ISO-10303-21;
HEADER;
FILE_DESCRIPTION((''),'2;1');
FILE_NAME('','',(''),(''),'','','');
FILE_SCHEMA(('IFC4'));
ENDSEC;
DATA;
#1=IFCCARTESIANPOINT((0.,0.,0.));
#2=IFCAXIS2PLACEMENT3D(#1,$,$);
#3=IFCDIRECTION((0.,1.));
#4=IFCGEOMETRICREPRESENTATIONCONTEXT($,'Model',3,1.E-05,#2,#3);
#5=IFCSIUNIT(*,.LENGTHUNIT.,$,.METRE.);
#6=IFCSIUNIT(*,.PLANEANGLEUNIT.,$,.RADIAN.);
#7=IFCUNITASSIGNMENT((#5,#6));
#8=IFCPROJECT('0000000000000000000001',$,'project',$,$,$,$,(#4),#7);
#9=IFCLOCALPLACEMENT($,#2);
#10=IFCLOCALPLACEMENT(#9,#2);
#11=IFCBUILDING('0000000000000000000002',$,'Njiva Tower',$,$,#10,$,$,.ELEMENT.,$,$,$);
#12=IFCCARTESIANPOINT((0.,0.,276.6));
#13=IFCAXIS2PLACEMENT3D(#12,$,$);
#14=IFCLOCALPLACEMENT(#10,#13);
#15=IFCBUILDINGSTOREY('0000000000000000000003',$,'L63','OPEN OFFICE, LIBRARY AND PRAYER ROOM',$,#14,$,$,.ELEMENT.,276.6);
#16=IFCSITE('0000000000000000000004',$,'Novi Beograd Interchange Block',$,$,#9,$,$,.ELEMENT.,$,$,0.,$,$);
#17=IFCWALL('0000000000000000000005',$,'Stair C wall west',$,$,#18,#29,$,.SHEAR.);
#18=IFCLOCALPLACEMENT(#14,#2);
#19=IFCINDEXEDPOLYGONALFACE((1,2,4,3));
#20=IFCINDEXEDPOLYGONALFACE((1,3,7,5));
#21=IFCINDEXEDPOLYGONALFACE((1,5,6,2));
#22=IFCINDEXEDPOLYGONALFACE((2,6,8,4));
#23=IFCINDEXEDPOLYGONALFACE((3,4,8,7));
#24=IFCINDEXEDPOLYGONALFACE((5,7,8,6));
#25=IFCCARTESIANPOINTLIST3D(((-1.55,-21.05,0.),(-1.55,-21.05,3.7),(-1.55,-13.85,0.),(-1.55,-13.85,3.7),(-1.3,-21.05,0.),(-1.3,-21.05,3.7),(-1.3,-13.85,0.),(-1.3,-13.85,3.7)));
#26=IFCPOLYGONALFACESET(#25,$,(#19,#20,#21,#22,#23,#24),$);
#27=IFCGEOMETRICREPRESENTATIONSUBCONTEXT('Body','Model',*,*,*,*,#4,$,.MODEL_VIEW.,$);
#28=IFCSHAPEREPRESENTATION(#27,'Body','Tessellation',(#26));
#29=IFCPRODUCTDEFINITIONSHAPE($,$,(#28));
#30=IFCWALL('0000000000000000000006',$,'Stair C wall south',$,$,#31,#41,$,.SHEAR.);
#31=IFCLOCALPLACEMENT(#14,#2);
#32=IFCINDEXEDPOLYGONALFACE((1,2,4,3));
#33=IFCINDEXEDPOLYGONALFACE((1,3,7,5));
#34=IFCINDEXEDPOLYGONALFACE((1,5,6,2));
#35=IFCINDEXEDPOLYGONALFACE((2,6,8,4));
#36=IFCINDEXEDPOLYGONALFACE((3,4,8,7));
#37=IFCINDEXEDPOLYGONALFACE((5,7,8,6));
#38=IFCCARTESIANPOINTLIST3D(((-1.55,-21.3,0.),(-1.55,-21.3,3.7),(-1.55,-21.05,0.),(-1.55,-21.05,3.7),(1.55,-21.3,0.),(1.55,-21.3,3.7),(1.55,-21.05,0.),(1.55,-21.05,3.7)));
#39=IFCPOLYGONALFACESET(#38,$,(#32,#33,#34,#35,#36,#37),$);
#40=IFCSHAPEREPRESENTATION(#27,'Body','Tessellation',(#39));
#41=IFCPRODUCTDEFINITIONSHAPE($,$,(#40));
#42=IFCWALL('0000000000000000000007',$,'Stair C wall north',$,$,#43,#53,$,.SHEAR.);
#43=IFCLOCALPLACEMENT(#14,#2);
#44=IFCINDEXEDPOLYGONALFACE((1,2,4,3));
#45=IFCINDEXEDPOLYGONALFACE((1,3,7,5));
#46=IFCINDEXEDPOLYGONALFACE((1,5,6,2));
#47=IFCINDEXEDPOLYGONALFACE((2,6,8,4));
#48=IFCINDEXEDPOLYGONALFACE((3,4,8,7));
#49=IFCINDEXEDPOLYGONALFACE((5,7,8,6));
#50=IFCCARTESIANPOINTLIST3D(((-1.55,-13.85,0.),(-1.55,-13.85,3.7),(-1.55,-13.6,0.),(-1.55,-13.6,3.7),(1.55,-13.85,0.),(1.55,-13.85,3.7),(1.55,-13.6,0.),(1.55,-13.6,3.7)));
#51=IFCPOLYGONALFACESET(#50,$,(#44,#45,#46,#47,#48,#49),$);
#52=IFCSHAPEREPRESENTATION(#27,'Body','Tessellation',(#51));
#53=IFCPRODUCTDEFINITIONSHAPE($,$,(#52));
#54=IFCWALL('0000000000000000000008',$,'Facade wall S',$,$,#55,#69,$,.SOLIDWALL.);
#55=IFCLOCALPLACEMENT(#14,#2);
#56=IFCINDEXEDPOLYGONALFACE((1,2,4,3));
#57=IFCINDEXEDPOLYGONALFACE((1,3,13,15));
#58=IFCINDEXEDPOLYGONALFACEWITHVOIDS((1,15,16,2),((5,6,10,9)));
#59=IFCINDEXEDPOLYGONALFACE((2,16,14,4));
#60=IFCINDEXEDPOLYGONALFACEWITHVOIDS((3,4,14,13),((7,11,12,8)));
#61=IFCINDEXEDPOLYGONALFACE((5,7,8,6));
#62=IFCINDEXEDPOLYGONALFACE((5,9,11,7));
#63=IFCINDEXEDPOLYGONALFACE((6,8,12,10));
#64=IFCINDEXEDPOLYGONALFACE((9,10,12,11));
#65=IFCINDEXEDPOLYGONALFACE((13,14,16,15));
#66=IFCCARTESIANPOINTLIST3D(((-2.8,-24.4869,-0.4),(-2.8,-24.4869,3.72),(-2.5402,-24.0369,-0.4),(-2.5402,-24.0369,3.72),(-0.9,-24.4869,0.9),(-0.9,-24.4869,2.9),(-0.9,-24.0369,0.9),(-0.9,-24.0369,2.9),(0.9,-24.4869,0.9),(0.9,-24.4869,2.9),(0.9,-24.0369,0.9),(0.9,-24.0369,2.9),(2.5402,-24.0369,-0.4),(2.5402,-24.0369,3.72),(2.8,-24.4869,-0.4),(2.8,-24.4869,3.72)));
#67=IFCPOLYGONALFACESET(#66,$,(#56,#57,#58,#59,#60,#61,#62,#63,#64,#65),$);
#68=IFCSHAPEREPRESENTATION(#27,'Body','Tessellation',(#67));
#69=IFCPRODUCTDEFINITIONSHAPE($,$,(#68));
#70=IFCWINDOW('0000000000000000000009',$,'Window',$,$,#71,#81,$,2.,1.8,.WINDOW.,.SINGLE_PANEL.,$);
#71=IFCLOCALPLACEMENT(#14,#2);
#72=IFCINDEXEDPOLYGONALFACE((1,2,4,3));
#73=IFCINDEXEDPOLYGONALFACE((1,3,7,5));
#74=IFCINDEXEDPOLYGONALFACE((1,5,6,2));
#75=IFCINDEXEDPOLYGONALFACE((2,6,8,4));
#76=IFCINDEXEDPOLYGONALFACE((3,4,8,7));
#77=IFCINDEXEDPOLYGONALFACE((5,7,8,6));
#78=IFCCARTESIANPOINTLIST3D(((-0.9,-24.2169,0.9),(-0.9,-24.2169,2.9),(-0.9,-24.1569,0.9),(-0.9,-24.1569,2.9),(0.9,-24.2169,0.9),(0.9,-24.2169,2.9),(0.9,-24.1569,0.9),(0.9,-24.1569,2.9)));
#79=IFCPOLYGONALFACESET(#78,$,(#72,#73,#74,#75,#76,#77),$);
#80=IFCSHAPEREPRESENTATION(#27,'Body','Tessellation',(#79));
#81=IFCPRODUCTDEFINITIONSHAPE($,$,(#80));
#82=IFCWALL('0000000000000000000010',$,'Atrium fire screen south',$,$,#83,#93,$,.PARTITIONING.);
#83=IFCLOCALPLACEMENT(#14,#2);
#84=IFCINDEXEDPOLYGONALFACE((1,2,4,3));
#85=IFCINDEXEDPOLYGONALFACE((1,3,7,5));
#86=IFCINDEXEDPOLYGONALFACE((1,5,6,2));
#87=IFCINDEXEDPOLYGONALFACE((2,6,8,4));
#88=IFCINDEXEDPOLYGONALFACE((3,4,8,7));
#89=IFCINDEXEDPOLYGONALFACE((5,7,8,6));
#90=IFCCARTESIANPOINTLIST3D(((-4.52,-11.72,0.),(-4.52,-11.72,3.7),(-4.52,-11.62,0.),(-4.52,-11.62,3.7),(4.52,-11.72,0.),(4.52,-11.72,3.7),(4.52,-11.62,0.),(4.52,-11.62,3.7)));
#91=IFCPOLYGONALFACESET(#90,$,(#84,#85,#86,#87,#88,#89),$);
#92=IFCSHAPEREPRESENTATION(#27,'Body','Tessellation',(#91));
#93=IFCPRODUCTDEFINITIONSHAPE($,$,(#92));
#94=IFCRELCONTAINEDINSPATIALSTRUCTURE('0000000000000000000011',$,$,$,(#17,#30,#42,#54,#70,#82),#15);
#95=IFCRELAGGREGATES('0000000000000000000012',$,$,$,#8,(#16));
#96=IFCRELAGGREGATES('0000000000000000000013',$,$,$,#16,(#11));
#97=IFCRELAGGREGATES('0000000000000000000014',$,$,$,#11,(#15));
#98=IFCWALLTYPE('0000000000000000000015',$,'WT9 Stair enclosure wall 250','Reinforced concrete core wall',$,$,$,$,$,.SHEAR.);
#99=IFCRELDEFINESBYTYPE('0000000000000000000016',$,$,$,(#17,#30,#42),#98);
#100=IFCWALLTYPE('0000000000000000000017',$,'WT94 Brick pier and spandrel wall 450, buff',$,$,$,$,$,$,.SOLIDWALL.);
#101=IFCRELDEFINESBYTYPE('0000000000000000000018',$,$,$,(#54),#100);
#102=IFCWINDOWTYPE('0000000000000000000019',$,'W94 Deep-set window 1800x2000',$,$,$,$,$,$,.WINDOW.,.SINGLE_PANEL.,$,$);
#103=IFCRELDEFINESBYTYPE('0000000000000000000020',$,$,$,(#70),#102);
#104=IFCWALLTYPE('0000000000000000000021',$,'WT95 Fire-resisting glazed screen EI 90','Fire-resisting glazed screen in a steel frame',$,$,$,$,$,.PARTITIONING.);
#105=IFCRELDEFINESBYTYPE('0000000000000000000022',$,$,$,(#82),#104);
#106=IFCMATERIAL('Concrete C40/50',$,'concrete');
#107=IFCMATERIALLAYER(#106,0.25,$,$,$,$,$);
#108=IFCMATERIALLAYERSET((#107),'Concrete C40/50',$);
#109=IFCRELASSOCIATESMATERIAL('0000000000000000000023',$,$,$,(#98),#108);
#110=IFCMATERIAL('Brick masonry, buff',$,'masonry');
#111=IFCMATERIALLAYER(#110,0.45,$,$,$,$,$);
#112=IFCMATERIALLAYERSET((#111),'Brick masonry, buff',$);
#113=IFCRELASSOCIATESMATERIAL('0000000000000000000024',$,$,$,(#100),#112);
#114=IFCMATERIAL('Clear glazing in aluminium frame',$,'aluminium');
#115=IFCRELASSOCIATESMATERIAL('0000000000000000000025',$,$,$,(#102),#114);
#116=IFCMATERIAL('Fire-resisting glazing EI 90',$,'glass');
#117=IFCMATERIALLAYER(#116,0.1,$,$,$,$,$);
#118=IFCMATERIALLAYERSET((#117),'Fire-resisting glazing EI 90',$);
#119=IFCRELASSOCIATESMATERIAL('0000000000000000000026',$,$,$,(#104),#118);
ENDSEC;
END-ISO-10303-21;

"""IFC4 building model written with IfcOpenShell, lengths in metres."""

from ifc_helpers import new_model, si_unit, direction, frame, frame_2d, origin, place, context, subcontext, project, spatial, polyline, rectangle, outline, extrude, material, layer, layer_set, type_object, element, fill, save


model = new_model("IFC4")

# Units and contexts
model_context = context("Model", 3, precision=1e-05, world=origin(), true_north=direction((0.0, 1.0)))
body_context = subcontext(model_context, "Body", "Model", "MODEL_VIEW")
ifc_project = project(units=[si_unit("LENGTHUNIT", "METRE"), si_unit("PLANEANGLEUNIT", "RADIAN")], contexts=[model_context])

# Site, building, storey
site_placement = place(None, origin())
site = spatial("IfcSite", under=ifc_project, at=site_placement, Name="Novi Beograd Interchange Block", CompositionType="ELEMENT", RefElevation=0.0)
building_placement = place(site_placement, origin())
building = spatial("IfcBuilding", under=site, at=building_placement, Name="Njiva Tower", CompositionType="ELEMENT")
storey_placement = place(building_placement, frame((0.0, 0.0, 276.6)))
storey = spatial("IfcBuildingStorey", under=building, at=storey_placement, Name="L63", Description="OPEN OFFICE, LIBRARY AND PRAYER ROOM", CompositionType="ELEMENT", Elevation=276.6)

# Walls
ifc_material_1 = material(Name="Concrete C40/50", Category="concrete")
ifc_layer_1 = layer(ifc_material_1, 0.25)
ifc_layer_set_1 = layer_set([ifc_layer_1], Name="Concrete C40/50")
wall_type_1 = type_object("IfcWallType", Name="WT9 Stair enclosure wall 250", Description="Reinforced concrete core wall", PredefinedType="SHEAR", material=ifc_layer_set_1)
wall_1_placement = place(storey_placement, frame((-1.425, -21.05, 0.0), z_axis=(0.0, 0.0, 1.0), x_axis=(0.0, 1.0, 0.0)))
element("IfcWall", 1, at=wall_1_placement, inside=storey, type_object=wall_type_1, Name="Stair C wall west", PredefinedType="SHEAR", context=body_context, shape_type="SweptSolid", body=[
    extrude(rectangle(XDim=7.2, YDim=0.25, at=frame_2d((3.6, 0.0))), origin(), (0.0, 0.0, 1.0), 3.7),
])
for number, where, z_axis, x_axis, name in (
    (2, (-1.55, -21.175, 0.0), (0.0, 0.0, 1.0), (1.0, 0.0, 0.0), "Stair C wall south"),
    (3, (-1.55, -13.725, 0.0), (0.0, 0.0, 1.0), (1.0, 0.0, 0.0), "Stair C wall north"),
):
    element("IfcWall", number, at=place(storey_placement, frame(where, z_axis=z_axis, x_axis=x_axis)), inside=storey, type_object=wall_type_1, Name=name, PredefinedType="SHEAR", context=body_context, shape_type="SweptSolid", body=[
        extrude(rectangle(XDim=3.1, YDim=0.25, at=frame_2d((1.55, 0.0))), origin(), (0.0, 0.0, 1.0), 3.7),
    ])

# Wall, opening, window
ifc_material_2 = material(Name="Brick masonry, buff", Category="masonry")
ifc_layer_2 = layer(ifc_material_2, 0.45)
ifc_layer_set_2 = layer_set([ifc_layer_2], Name="Brick masonry, buff")
wall_type_2 = type_object("IfcWallType", Name="WT94 Brick pier and spandrel wall 450, buff", PredefinedType="SOLIDWALL", material=ifc_layer_set_2)
wall_2_placement = place(storey_placement, frame((-2.6701, -24.2619, -0.4), z_axis=(0.0, 0.0, 1.0), x_axis=(1.0, 0.0, 0.0)))
wall_2 = element("IfcWall", 4, at=wall_2_placement, inside=storey, type_object=wall_type_2, Name="Facade wall S", PredefinedType="SOLIDWALL", context=body_context, shape_type="SweptSolid", body=[
    extrude(outline(polyline([(-0.1299, -0.225), (5.4701, -0.225), (5.2103, 0.225), (0.1299, 0.225), (-0.1299, -0.225)])), origin(), (0.0, 0.0, 1.0), 4.12),
])
opening_1_placement = place(wall_2_placement, frame((1.7701, 0.0, 1.3)))
opening_1 = element("IfcOpeningElement", 5, at=opening_1_placement, cuts=wall_2, PredefinedType="OPENING", context=body_context, shape_type="SweptSolid", body=[
    extrude(rectangle(XDim=1.8, YDim=2.0, at=frame_2d((0.9, 1.0))), frame((0.0, 0.235, 0.0), z_axis=(0.0, -1.0, 0.0), x_axis=(1.0, 0.0, 0.0)), (0.0, 0.0, 1.0), 0.47),
])
ifc_material_3 = material(Name="Clear glazing in aluminium frame", Category="aluminium")
window_type = type_object("IfcWindowType", Name="W94 Deep-set window 1800x2000", PartitioningType="SINGLE_PANEL", PredefinedType="WINDOW", material=ifc_material_3)
window_placement = place(opening_1_placement, origin())
window = element("IfcWindow", 6, at=window_placement, inside=storey, type_object=window_type, Name="Window", OverallHeight=2.0, OverallWidth=1.8, PartitioningType="SINGLE_PANEL", PredefinedType="WINDOW", context=body_context, shape_type="SweptSolid", body=[
    extrude(rectangle(XDim=1.8, YDim=2.0, at=frame_2d((0.9, 1.0))), frame((0.0, 0.105, 0.0), z_axis=(0.0, -1.0, 0.0), x_axis=(1.0, 0.0, 0.0)), (0.0, 0.0, 1.0), 0.06),
])
fill(opening_1, window)

# Wall
ifc_material_4 = material(Name="Fire-resisting glazing EI 90", Category="glass")
ifc_layer_3 = layer(ifc_material_4, 0.1)
ifc_layer_set_3 = layer_set([ifc_layer_3], Name="Fire-resisting glazing EI 90")
wall_type_3 = type_object("IfcWallType", Name="WT95 Fire-resisting glazed screen EI 90", Description="Fire-resisting glazed screen in a steel frame", PredefinedType="PARTITIONING", material=ifc_layer_set_3)
wall_3_placement = place(storey_placement, frame((-4.52, -11.67, 0.0), z_axis=(0.0, 0.0, 1.0), x_axis=(1.0, 0.0, 0.0)))
element("IfcWall", 7, at=wall_3_placement, inside=storey, type_object=wall_type_3, Name="Atrium fire screen south", PredefinedType="PARTITIONING", context=body_context, shape_type="SweptSolid", body=[
    extrude(rectangle(XDim=9.04, YDim=0.1, at=frame_2d((4.52, 0.0))), origin(), (0.0, 0.0, 1.0), 3.7),
])

save(model, "model.ifc")
